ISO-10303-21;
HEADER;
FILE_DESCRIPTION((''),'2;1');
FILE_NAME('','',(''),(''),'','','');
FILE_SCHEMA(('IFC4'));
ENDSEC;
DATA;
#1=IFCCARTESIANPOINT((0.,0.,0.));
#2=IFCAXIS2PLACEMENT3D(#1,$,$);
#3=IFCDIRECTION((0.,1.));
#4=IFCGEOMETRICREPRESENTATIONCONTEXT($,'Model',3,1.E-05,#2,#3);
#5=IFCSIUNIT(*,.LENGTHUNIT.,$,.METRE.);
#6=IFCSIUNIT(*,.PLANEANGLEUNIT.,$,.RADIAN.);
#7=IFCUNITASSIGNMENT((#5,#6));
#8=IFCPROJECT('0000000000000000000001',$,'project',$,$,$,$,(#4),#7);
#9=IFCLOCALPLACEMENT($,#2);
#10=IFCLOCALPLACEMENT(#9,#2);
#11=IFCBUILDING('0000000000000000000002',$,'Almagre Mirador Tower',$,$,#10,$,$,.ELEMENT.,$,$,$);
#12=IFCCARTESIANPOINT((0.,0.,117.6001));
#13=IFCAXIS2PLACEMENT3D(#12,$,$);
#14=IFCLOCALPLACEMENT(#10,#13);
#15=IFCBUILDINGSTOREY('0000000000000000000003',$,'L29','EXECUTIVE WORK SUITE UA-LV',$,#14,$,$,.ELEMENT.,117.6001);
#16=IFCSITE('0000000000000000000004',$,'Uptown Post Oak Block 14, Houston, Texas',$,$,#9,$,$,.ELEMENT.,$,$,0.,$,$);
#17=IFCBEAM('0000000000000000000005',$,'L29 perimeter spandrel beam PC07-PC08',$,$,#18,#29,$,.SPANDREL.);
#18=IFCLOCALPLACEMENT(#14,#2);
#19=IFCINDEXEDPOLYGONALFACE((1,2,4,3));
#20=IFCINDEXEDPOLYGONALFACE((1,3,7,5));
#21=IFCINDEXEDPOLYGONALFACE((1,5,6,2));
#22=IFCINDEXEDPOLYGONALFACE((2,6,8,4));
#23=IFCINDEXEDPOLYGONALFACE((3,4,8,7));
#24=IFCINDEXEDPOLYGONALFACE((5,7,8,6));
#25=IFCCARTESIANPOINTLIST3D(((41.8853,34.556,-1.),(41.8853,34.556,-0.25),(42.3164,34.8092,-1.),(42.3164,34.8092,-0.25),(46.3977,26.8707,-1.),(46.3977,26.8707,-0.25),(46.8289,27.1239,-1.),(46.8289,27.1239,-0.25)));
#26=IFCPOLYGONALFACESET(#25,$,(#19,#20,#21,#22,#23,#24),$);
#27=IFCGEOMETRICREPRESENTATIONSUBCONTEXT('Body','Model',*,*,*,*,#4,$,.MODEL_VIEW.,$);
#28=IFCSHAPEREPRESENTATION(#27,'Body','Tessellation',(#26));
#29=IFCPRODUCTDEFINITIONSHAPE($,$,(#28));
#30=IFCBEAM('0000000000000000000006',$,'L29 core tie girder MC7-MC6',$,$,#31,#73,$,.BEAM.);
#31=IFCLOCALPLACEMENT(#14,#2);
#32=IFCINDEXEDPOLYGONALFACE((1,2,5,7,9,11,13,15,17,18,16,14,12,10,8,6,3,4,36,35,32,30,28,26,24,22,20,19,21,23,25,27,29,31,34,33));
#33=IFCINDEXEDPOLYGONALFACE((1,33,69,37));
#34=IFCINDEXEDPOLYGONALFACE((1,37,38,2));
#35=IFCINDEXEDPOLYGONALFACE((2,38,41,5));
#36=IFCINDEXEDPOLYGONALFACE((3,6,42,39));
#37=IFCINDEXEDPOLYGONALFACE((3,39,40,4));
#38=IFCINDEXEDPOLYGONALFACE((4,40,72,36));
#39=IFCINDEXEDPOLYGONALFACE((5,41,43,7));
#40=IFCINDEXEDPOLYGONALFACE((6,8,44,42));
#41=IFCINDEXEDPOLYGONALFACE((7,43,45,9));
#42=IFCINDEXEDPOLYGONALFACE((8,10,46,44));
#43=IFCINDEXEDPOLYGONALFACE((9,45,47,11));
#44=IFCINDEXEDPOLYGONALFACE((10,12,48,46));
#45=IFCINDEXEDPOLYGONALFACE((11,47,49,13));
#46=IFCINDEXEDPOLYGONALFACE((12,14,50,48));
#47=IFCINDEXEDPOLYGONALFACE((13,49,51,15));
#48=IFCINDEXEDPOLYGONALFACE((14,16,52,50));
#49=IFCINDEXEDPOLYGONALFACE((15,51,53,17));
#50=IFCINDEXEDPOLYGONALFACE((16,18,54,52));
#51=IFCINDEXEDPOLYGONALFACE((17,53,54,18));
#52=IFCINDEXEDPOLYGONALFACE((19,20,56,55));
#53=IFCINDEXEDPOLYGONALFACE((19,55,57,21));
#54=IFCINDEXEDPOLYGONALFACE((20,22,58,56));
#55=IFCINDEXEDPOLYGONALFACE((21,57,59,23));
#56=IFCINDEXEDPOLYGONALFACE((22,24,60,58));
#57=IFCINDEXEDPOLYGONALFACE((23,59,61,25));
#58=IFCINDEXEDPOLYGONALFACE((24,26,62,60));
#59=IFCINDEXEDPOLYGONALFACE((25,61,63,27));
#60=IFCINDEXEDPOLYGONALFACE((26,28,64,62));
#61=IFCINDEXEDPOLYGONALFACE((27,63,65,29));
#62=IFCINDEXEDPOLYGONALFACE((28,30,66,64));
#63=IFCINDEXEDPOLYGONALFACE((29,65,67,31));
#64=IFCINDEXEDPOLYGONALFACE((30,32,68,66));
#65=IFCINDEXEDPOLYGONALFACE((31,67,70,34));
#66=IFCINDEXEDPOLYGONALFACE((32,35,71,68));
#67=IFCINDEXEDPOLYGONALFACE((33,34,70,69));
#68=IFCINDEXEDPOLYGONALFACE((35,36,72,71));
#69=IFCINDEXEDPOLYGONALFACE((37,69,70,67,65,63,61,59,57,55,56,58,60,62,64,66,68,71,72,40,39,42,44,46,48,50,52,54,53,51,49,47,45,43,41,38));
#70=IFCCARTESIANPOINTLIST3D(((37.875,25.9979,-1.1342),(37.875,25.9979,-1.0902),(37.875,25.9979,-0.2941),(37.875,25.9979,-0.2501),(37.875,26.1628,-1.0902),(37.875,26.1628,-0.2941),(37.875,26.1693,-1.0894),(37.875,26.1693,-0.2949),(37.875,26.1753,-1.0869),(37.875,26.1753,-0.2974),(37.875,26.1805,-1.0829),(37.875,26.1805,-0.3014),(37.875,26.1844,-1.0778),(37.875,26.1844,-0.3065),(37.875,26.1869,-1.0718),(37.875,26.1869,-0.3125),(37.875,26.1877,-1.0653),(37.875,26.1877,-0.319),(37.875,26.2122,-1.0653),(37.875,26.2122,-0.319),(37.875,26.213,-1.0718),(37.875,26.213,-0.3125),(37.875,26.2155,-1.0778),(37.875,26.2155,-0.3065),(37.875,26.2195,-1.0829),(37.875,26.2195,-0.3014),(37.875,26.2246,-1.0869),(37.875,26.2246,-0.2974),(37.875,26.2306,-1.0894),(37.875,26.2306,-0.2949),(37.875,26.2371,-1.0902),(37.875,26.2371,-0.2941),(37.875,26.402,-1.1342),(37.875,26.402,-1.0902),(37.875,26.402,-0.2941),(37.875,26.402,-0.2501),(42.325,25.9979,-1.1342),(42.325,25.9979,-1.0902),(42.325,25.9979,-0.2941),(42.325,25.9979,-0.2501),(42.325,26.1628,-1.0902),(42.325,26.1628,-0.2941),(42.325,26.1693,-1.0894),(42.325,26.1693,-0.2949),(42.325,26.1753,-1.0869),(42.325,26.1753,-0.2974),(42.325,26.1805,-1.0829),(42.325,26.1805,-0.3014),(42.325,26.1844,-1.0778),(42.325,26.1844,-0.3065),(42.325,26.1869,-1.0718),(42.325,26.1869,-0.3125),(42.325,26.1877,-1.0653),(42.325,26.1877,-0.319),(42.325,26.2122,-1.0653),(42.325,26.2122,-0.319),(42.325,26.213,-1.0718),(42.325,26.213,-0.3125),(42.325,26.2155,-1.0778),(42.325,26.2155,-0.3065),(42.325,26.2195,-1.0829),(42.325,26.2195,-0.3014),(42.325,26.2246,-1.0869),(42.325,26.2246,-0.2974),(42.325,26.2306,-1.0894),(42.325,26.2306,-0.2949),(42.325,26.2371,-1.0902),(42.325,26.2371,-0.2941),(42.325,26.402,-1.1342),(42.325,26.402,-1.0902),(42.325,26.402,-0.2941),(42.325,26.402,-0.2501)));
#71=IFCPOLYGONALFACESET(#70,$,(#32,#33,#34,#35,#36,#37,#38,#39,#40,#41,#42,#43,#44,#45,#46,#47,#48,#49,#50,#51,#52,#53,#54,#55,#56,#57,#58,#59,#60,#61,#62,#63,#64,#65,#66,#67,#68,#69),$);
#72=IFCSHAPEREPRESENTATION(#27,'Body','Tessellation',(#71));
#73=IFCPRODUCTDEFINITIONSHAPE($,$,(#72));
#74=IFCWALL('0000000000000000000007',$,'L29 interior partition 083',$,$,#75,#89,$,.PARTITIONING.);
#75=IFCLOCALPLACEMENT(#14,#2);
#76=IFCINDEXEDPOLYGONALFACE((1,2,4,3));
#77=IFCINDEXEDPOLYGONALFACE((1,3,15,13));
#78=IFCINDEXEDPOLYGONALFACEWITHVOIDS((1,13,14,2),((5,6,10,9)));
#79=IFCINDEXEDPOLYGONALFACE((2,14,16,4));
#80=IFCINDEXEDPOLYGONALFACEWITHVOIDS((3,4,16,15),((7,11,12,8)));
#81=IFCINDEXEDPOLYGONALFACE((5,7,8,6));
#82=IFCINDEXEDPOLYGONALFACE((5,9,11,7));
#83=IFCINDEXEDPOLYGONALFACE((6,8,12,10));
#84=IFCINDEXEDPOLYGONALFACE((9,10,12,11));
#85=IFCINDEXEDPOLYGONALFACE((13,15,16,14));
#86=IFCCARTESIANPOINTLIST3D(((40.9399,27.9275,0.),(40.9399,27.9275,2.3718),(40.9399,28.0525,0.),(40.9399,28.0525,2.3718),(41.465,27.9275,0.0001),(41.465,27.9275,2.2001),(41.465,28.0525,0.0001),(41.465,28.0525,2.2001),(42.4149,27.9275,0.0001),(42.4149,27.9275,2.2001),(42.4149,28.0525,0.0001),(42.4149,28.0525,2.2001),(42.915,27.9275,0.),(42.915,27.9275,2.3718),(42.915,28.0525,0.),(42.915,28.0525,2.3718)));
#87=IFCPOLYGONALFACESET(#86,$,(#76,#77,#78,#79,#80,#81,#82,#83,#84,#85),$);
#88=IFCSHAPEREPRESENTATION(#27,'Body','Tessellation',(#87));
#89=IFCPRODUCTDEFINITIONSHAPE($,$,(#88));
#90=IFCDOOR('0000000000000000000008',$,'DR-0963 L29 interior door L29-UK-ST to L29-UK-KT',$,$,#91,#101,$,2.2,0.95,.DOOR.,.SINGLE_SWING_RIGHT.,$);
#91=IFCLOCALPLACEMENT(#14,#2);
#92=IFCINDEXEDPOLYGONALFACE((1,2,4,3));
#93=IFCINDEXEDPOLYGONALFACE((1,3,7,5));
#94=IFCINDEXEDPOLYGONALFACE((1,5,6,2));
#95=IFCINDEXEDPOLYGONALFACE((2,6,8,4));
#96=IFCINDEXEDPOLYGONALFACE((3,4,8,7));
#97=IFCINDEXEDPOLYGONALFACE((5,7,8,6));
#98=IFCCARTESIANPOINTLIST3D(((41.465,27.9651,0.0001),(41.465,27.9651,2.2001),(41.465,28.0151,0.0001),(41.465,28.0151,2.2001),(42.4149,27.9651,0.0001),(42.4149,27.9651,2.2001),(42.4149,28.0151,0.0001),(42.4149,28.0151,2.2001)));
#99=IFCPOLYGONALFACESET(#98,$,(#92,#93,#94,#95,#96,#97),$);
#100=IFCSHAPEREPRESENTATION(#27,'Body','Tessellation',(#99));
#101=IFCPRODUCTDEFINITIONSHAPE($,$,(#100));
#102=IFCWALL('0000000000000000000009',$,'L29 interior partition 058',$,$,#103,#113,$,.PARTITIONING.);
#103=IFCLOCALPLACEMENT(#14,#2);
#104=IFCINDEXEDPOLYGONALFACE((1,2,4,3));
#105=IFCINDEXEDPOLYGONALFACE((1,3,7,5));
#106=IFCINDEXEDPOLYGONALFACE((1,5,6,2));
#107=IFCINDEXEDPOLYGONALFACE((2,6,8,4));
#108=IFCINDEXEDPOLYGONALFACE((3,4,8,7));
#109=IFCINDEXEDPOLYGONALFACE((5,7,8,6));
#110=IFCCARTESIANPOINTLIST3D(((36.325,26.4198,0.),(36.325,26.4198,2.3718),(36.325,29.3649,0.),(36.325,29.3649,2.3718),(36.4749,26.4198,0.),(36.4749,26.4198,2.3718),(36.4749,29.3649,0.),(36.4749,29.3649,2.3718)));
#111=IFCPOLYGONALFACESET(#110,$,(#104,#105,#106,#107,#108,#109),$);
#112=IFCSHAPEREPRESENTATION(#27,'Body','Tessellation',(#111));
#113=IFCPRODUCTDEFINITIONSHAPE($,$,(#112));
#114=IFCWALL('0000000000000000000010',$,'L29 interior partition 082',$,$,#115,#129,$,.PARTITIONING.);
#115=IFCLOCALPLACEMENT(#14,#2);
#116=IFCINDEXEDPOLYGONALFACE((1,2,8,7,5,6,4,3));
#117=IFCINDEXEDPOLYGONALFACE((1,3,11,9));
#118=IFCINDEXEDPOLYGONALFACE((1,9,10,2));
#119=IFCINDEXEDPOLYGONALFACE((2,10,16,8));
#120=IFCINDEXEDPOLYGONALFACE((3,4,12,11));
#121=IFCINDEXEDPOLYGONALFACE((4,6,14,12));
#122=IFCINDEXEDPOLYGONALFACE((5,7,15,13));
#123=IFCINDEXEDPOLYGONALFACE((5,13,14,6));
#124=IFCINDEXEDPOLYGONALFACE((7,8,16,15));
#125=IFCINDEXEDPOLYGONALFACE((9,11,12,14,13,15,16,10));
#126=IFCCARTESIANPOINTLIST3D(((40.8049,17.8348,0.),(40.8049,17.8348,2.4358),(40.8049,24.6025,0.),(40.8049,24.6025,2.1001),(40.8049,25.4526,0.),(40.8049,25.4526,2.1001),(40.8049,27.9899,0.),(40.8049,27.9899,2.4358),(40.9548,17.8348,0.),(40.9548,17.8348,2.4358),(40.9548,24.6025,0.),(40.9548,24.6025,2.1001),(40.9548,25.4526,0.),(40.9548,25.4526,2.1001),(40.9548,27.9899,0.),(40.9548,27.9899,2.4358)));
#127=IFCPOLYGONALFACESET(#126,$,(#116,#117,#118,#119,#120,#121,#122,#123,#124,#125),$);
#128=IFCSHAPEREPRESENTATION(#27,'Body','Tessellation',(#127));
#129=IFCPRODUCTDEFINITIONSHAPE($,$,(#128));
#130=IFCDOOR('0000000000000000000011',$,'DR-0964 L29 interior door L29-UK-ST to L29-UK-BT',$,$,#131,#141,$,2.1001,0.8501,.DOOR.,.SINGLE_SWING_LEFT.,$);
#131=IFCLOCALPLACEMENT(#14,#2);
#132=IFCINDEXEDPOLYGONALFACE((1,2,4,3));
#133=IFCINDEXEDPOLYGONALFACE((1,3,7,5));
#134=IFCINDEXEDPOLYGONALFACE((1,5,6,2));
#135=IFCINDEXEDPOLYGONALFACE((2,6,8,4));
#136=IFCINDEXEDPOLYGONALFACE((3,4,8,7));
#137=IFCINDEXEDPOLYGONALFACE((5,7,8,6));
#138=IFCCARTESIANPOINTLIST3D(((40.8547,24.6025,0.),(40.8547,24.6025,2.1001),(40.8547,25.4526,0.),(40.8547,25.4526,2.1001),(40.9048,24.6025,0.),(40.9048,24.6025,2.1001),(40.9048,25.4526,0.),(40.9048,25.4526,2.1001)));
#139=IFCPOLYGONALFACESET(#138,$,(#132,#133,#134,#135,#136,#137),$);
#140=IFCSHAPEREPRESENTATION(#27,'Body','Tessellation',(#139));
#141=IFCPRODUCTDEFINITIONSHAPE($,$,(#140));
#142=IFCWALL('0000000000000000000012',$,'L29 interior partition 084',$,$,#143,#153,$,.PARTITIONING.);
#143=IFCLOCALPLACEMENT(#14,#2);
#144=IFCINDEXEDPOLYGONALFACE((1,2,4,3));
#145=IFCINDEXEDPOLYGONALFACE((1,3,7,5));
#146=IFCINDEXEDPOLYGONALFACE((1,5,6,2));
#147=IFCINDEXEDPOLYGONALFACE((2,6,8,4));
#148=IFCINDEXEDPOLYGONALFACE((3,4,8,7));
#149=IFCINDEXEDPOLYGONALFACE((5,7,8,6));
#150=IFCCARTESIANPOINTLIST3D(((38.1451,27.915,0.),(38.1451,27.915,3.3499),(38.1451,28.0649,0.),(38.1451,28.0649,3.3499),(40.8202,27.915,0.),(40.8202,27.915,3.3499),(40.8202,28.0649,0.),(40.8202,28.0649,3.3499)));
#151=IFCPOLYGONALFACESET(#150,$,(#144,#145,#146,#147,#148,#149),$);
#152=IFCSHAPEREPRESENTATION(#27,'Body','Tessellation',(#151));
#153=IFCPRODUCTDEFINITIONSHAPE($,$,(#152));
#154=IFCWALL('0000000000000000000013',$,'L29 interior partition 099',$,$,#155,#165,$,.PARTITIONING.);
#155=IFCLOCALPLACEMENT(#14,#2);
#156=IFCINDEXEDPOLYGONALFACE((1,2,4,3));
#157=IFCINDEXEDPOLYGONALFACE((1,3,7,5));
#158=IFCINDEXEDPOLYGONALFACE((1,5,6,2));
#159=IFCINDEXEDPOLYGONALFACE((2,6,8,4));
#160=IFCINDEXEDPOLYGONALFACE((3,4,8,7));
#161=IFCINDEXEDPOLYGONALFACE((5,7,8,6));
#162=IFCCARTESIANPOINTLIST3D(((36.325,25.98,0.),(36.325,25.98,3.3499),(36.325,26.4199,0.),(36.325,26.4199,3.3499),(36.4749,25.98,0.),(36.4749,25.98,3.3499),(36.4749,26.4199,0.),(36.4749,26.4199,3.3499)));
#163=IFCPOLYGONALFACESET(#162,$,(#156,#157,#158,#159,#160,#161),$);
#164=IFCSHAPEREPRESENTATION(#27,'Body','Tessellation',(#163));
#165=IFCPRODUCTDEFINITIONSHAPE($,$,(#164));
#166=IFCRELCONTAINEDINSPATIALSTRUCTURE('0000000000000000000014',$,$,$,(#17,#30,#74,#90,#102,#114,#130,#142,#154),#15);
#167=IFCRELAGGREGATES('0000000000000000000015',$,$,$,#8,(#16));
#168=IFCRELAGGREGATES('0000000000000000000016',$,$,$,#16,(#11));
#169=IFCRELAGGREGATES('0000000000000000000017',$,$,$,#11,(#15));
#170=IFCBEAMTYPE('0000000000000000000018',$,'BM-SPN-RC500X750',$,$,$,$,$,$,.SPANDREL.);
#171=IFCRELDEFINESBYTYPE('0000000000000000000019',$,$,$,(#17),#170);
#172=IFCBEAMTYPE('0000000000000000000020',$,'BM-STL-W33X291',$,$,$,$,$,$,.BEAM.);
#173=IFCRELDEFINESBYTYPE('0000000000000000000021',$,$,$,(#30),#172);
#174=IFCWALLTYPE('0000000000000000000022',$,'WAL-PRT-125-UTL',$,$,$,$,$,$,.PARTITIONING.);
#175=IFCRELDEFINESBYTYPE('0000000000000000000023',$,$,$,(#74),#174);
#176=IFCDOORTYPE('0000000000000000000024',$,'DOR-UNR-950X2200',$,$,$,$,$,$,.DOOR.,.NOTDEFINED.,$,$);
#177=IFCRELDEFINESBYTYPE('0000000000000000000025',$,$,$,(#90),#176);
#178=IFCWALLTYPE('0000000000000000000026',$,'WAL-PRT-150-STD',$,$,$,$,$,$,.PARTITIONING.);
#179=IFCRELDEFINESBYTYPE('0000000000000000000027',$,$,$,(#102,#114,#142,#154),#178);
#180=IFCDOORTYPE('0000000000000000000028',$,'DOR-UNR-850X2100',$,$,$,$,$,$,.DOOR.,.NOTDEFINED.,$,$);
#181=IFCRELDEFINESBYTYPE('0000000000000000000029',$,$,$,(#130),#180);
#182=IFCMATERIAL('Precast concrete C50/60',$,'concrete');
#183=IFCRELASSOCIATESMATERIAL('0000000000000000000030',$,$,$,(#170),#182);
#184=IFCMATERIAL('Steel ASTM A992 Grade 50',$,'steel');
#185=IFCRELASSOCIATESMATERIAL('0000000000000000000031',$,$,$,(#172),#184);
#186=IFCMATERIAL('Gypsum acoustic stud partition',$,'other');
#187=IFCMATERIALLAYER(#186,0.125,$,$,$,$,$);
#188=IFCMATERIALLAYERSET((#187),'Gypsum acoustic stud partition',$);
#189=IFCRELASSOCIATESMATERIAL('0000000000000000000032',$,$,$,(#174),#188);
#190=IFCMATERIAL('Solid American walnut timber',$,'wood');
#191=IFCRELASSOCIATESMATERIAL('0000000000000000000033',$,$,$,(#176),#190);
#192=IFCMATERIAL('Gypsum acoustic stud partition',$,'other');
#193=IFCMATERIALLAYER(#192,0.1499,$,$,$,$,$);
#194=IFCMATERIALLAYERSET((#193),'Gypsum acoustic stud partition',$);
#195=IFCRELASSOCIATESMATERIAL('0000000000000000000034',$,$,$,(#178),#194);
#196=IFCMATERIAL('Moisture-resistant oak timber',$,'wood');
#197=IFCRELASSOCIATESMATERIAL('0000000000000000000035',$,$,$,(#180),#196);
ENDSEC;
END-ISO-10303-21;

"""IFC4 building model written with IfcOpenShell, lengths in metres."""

from ifc_helpers import new_model, si_unit, direction, frame, frame_2d, origin, origin_2d, place, context, subcontext, project, spatial, rectangle, i_section, extrude, material, layer, layer_set, material_profile, profile_set, type_object, element, fill, save


model = new_model("IFC4")

# Units and contexts
model_context = context("Model", 3, precision=1e-05, world=origin(), true_north=direction((0.0, 1.0)))
body_context = subcontext(model_context, "Body", "Model", "MODEL_VIEW")
ifc_project = project(units=[si_unit("LENGTHUNIT", "METRE"), si_unit("PLANEANGLEUNIT", "RADIAN")], contexts=[model_context])

# Site, building, storey
site_placement = place(None, origin())
site = spatial("IfcSite", under=ifc_project, at=site_placement, Name="Uptown Post Oak Block 14, Houston, Texas", CompositionType="ELEMENT", RefElevation=0.0)
building_placement = place(site_placement, origin())
building = spatial("IfcBuilding", under=site, at=building_placement, Name="Almagre Mirador Tower", CompositionType="ELEMENT")
storey_placement = place(building_placement, frame((0.0, 0.0, 117.6001)))
storey = spatial("IfcBuildingStorey", under=building, at=storey_placement, Name="L29", Description="EXECUTIVE WORK SUITE UA-LV", CompositionType="ELEMENT", Elevation=117.6001)

# Beams
ifc_material_1 = material(Name="Precast concrete C50/60", Category="concrete")
ifc_material_profile_1 = material_profile(ifc_material_1, rectangle(XDim=0.5, YDim=0.75, at=origin_2d()), Name="RC500X750")
ifc_profile_set_1 = profile_set([ifc_material_profile_1], Name="Precast concrete C50/60")
beam_type_1 = type_object("IfcBeamType", Name="BM-SPN-RC500X750", PredefinedType="SPANDREL", material=ifc_profile_set_1)
beam_1_placement = place(storey_placement, frame((46.6133, 26.9973, -0.625), z_axis=(-0.506327, 0.862342, 0.0), x_axis=(-0.862342, -0.506327, 0.0)))
element("IfcBeam", 1, at=beam_1_placement, inside=storey, type_object=beam_type_1, Name="L29 perimeter spandrel beam PC07-PC08", PredefinedType="SPANDREL", context=body_context, shape_type="SweptSolid", body=[
    extrude(rectangle(XDim=0.5, YDim=0.75, at=origin_2d()), origin(), (0.0, 0.0, 1.0), 8.9121),
])
ifc_material_2 = material(Name="Steel ASTM A992 Grade 50", Category="steel")
ifc_material_profile_2 = material_profile(ifc_material_2, i_section(OverallWidth=0.4041, OverallDepth=0.884, WebThickness=0.0244, FlangeThickness=0.0439, FilletRadius=0.0249, at=origin_2d()), Name="W33X291")
ifc_profile_set_2 = profile_set([ifc_material_profile_2], Name="Steel ASTM A992 Grade 50")
beam_type_2 = type_object("IfcBeamType", Name="BM-STL-W33X291", PredefinedType="BEAM", material=ifc_profile_set_2)
beam_2_placement = place(storey_placement, frame((37.875, 26.2, -0.6921), z_axis=(1.0, 0.0, 0.0), x_axis=(0.0, 1.0, 0.0)))
element("IfcBeam", 2, at=beam_2_placement, inside=storey, type_object=beam_type_2, Name="L29 core tie girder MC7-MC6", PredefinedType="BEAM", context=body_context, shape_type="SweptSolid", body=[
    extrude(i_section(OverallWidth=0.4041, OverallDepth=0.884, WebThickness=0.0244, FlangeThickness=0.0439, FilletRadius=0.0249, at=origin_2d()), origin(), (0.0, 0.0, 1.0), 4.45),
])

# Wall, opening, door
ifc_material_3 = material(Name="Gypsum acoustic stud partition", Category="other")
ifc_layer_1 = layer(ifc_material_3, 0.125)
ifc_layer_set_1 = layer_set([ifc_layer_1], Name="Gypsum acoustic stud partition")
wall_type_1 = type_object("IfcWallType", Name="WAL-PRT-125-UTL", PredefinedType="PARTITIONING", material=ifc_layer_set_1)
wall_1_placement = place(storey_placement, frame((42.915, 27.99, 0.0), z_axis=(0.0, 0.0, 1.0), x_axis=(-1.0, 0.0, 0.0)))
wall_1 = element("IfcWall", 3, at=wall_1_placement, inside=storey, type_object=wall_type_1, Name="L29 interior partition 083", PredefinedType="PARTITIONING", context=body_context, shape_type="SweptSolid", body=[
    extrude(rectangle(XDim=1.9751, YDim=0.125, at=frame_2d((0.9875, 0.0))), origin(), (0.0, 0.0, 1.0), 2.3718),
])
opening_1_placement = place(wall_1_placement, frame((0.5, 0.0, 0.0)))
opening_1 = element("IfcOpeningElement", 4, at=opening_1_placement, cuts=wall_1, PredefinedType="OPENING", context=body_context, shape_type="SweptSolid", body=[
    extrude(rectangle(XDim=0.95, YDim=2.2, at=frame_2d((0.4751, 1.1001))), frame((0.0, 0.0725, 0.0), z_axis=(0.0, -1.0, 0.0), x_axis=(1.0, 0.0, 0.0)), (0.0, 0.0, 1.0), 0.145),
])
ifc_material_4 = material(Name="Solid American walnut timber", Category="wood")
door_type_1 = type_object("IfcDoorType", Name="DOR-UNR-950X2200", OperationType="NOTDEFINED", PredefinedType="DOOR", material=ifc_material_4)
door_1_placement = place(opening_1_placement, origin())
door_1 = element("IfcDoor", 5, at=door_1_placement, inside=storey, type_object=door_type_1, Name="DR-0963 L29 interior door L29-UK-ST to L29-UK-KT", OperationType="SINGLE_SWING_RIGHT", OverallHeight=2.2, OverallWidth=0.95, PredefinedType="DOOR", context=body_context, shape_type="SweptSolid", body=[
    extrude(rectangle(XDim=0.95, YDim=2.2, at=frame_2d((0.4751, 1.1001))), frame((0.0, 0.0249, 0.0), z_axis=(0.0, -1.0, 0.0), x_axis=(1.0, 0.0, 0.0)), (0.0, 0.0, 1.0), 0.05),
])
fill(opening_1, door_1)

# Wall
ifc_material_5 = material(Name="Gypsum acoustic stud partition", Category="other")
ifc_layer_2 = layer(ifc_material_5, 0.1499)
ifc_layer_set_2 = layer_set([ifc_layer_2], Name="Gypsum acoustic stud partition")
wall_type_2 = type_object("IfcWallType", Name="WAL-PRT-150-STD", PredefinedType="PARTITIONING", material=ifc_layer_set_2)
wall_2_placement = place(storey_placement, frame((36.3999, 29.365, 0.0), z_axis=(0.0, 0.0, 1.0), x_axis=(0.0, -1.0, 0.0)))
element("IfcWall", 6, at=wall_2_placement, inside=storey, type_object=wall_type_2, Name="L29 interior partition 058", PredefinedType="PARTITIONING", context=body_context, shape_type="SweptSolid", body=[
    extrude(rectangle(XDim=2.9451, YDim=0.1499, at=frame_2d((1.4727, 0.0))), origin(), (0.0, 0.0, 1.0), 2.3718),
])

# Wall, opening, door
wall_3_placement = place(storey_placement, frame((40.8799, 27.99, 0.0), z_axis=(0.0, 0.0, 1.0), x_axis=(0.0, -1.0, 0.0)))
wall_3 = element("IfcWall", 7, at=wall_3_placement, inside=storey, type_object=wall_type_2, Name="L29 interior partition 082", PredefinedType="PARTITIONING", context=body_context, shape_type="SweptSolid", body=[
    extrude(rectangle(XDim=10.155, YDim=0.1499, at=frame_2d((5.0776, 0.0))), origin(), (0.0, 0.0, 1.0), 2.4358),
])
opening_2_placement = place(wall_3_placement, frame((2.5374, 0.0, 0.0)))
opening_2 = element("IfcOpeningElement", 8, at=opening_2_placement, cuts=wall_3, PredefinedType="OPENING", context=body_context, shape_type="SweptSolid", body=[
    extrude(rectangle(XDim=0.8501, YDim=2.1001, at=frame_2d((0.425, 1.05))), frame((0.0, 0.085, 0.0), z_axis=(0.0, -1.0, 0.0), x_axis=(1.0, 0.0, 0.0)), (0.0, 0.0, 1.0), 0.1699),
])
ifc_material_6 = material(Name="Moisture-resistant oak timber", Category="wood")
door_type_2 = type_object("IfcDoorType", Name="DOR-UNR-850X2100", OperationType="NOTDEFINED", PredefinedType="DOOR", material=ifc_material_6)
door_2_placement = place(opening_2_placement, origin())
door_2 = element("IfcDoor", 9, at=door_2_placement, inside=storey, type_object=door_type_2, Name="DR-0964 L29 interior door L29-UK-ST to L29-UK-BT", OperationType="SINGLE_SWING_LEFT", OverallHeight=2.1001, OverallWidth=0.8501, PredefinedType="DOOR", context=body_context, shape_type="SweptSolid", body=[
    extrude(rectangle(XDim=0.8501, YDim=2.1001, at=frame_2d((0.425, 1.05))), frame((0.0, 0.0249, 0.0), z_axis=(0.0, -1.0, 0.0), x_axis=(1.0, 0.0, 0.0)), (0.0, 0.0, 1.0), 0.05),
])
fill(opening_2, door_2)

# Walls
wall_4_placement = place(storey_placement, frame((40.8201, 27.99, 0.0), z_axis=(0.0, 0.0, 1.0), x_axis=(-1.0, 0.0, 0.0)))
element("IfcWall", 10, at=wall_4_placement, inside=storey, type_object=wall_type_2, Name="L29 interior partition 084", PredefinedType="PARTITIONING", context=body_context, shape_type="SweptSolid", body=[
    extrude(rectangle(XDim=2.675, YDim=0.1499, at=frame_2d((1.3374, 0.0))), origin(), (0.0, 0.0, 1.0), 3.3499),
])
wall_5_placement = place(storey_placement, frame((36.3999, 25.98, 0.0), z_axis=(0.0, 0.0, 1.0), x_axis=(0.0, 1.0, 0.0)))
element("IfcWall", 11, at=wall_5_placement, inside=storey, type_object=wall_type_2, Name="L29 interior partition 099", PredefinedType="PARTITIONING", context=body_context, shape_type="SweptSolid", body=[
    extrude(rectangle(XDim=0.4399, YDim=0.1499, at=frame_2d((0.22, 0.0))), origin(), (0.0, 0.0, 1.0), 3.3499),
])

save(model, "model.ifc")
